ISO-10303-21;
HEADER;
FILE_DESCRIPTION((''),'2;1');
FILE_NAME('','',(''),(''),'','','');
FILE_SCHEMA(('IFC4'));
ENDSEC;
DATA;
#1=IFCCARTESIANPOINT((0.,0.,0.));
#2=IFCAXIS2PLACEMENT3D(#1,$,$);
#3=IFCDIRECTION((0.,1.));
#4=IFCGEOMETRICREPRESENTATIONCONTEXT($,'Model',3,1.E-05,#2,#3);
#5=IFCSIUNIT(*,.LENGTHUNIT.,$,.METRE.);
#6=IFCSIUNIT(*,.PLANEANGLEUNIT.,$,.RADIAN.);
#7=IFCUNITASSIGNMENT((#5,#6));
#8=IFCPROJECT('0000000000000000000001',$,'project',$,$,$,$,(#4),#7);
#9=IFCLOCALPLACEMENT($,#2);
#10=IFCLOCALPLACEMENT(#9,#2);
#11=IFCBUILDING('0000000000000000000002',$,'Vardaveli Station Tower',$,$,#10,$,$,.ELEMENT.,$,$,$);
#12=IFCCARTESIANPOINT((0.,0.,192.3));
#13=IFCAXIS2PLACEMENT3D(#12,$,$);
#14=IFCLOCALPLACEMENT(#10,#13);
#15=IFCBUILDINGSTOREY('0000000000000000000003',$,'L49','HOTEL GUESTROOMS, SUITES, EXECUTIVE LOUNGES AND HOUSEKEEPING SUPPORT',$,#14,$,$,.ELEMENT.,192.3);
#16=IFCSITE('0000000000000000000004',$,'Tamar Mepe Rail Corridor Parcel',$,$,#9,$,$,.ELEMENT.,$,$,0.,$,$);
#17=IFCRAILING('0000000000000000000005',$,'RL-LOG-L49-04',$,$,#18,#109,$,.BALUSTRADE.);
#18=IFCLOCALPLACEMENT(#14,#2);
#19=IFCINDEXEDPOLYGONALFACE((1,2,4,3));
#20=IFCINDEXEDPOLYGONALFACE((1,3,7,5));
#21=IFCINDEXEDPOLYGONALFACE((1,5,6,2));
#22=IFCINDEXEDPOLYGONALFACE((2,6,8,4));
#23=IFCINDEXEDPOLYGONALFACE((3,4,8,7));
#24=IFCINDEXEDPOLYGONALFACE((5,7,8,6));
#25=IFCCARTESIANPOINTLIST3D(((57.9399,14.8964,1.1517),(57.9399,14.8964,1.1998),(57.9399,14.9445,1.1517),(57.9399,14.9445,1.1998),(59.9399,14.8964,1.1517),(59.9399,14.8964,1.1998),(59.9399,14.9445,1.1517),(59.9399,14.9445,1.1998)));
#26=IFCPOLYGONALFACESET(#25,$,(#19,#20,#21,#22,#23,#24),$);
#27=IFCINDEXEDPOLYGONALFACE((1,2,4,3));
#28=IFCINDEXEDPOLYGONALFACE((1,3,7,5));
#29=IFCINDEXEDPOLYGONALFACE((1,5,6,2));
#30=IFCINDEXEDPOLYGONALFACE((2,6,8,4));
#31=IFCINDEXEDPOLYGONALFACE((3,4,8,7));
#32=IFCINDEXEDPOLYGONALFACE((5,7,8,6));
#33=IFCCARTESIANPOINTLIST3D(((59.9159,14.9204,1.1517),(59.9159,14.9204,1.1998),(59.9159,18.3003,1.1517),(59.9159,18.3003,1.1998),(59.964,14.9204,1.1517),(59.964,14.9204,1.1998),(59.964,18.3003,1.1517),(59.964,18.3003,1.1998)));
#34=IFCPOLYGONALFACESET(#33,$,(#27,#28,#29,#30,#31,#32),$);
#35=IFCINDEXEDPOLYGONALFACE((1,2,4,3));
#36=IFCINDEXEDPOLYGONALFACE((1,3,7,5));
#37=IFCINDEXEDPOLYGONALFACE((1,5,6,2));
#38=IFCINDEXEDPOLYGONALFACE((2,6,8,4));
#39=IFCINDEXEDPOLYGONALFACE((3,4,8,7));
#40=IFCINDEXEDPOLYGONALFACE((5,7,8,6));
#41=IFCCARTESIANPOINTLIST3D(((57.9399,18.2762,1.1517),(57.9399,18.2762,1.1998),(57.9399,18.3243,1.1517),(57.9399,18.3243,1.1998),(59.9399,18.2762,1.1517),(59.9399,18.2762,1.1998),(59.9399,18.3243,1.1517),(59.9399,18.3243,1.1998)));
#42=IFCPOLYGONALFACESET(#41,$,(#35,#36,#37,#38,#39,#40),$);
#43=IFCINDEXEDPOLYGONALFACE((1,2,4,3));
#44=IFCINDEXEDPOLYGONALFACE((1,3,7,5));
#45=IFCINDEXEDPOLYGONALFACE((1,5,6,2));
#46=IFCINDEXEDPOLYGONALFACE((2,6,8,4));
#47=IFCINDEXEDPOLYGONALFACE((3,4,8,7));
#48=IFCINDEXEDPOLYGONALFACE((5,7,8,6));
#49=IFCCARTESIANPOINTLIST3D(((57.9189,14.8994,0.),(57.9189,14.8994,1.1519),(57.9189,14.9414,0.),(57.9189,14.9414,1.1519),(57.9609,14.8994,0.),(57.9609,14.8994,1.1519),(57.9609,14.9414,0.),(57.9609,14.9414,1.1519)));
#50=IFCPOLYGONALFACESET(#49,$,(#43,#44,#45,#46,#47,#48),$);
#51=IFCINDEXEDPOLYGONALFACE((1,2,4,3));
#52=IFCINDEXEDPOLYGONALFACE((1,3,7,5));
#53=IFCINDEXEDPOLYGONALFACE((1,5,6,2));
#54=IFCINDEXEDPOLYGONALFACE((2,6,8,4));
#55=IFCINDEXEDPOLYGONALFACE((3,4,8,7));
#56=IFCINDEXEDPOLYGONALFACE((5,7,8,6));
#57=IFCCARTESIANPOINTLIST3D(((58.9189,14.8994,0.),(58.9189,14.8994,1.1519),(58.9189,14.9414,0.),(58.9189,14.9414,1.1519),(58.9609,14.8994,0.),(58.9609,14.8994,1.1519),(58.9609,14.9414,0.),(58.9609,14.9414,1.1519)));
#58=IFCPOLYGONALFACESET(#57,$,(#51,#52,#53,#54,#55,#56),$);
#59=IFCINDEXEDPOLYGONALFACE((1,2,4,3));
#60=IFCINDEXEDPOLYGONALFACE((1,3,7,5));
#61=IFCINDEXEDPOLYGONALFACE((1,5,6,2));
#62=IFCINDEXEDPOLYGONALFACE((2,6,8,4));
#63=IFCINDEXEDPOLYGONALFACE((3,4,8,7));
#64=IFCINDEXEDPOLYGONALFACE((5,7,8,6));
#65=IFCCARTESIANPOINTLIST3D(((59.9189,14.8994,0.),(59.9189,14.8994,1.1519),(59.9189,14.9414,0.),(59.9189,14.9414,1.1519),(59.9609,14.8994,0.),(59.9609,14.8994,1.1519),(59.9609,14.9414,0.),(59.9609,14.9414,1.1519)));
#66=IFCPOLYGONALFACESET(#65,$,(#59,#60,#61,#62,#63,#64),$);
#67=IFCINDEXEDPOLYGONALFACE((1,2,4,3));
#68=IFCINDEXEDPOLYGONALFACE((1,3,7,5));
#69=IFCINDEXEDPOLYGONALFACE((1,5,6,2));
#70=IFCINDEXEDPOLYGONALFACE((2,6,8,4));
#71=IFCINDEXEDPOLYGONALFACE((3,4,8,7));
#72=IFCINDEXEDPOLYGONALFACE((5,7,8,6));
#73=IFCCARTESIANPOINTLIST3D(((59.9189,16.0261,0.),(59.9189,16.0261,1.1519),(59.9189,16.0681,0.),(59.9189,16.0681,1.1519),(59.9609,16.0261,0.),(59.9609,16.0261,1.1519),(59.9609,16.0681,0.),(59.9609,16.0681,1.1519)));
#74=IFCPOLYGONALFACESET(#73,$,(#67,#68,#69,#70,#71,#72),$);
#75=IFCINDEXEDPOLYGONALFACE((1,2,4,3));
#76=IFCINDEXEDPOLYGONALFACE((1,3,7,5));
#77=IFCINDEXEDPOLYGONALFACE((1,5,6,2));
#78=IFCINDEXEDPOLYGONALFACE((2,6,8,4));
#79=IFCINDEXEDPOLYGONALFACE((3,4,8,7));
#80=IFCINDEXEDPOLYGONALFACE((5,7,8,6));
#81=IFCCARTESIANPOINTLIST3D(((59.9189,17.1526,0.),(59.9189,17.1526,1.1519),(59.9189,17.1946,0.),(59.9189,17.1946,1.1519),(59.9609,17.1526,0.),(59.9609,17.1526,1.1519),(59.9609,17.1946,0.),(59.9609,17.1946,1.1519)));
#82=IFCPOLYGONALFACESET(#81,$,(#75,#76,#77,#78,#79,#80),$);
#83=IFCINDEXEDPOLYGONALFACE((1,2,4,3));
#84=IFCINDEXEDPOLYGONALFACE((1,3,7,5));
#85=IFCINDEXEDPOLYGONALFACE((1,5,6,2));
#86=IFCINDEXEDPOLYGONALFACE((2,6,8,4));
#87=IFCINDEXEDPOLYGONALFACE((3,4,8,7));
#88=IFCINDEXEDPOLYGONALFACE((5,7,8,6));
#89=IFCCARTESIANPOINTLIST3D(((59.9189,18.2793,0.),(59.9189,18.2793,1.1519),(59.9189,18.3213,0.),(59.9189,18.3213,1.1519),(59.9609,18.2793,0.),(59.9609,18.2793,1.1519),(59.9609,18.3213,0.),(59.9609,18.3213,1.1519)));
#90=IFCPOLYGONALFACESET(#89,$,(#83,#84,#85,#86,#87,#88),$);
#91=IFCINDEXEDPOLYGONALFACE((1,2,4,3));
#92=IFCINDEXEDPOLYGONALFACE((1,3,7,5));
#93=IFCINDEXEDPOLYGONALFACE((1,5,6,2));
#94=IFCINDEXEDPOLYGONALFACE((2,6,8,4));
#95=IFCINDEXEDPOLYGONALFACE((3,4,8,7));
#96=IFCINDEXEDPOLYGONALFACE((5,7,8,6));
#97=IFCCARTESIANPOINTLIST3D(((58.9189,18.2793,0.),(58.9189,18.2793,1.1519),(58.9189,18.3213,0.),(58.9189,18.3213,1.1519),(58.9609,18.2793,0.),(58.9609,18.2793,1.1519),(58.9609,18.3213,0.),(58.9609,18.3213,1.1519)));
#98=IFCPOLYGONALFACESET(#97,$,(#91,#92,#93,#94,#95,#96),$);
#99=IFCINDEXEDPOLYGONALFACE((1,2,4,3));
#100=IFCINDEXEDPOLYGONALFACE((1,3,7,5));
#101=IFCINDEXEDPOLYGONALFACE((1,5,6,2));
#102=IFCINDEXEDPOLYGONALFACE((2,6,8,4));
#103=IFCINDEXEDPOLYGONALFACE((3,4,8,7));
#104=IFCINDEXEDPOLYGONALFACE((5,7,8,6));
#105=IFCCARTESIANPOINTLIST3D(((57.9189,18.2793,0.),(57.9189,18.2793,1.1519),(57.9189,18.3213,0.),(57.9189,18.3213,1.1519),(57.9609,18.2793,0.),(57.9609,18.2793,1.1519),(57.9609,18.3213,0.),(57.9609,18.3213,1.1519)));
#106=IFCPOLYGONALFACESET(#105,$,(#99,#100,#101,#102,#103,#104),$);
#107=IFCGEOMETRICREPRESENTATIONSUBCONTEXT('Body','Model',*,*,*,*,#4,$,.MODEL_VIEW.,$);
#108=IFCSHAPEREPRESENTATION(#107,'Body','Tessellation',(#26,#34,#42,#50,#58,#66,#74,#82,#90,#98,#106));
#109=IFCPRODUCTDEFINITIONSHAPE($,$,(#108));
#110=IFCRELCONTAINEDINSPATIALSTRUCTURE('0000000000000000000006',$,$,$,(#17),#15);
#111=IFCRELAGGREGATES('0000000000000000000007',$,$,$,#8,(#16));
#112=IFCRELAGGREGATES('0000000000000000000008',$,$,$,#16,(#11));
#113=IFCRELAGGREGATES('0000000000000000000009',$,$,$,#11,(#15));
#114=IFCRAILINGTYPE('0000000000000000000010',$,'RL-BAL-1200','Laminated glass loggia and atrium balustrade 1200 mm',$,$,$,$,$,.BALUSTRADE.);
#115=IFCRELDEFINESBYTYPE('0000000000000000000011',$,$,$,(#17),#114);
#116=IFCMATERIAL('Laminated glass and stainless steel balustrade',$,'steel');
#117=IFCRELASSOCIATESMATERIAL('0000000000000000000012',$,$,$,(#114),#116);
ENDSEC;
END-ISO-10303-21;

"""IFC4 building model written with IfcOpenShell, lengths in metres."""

from ifc_helpers import new_model, si_unit, direction, frame, origin, origin_2d, place, context, subcontext, project, spatial, rectangle, extrude, source, transform, mapped, material, type_object, element, save


model = new_model("IFC4")

# Units and contexts
model_context = context("Model", 3, precision=1e-05, world=origin(), true_north=direction((0.0, 1.0)))
body_context = subcontext(model_context, "Body", "Model", "MODEL_VIEW")
ifc_project = project(units=[si_unit("LENGTHUNIT", "METRE"), si_unit("PLANEANGLEUNIT", "RADIAN")], contexts=[model_context])

# Site, building, storey
site_placement = place(None, origin())
site = spatial("IfcSite", under=ifc_project, at=site_placement, Name="Tamar Mepe Rail Corridor Parcel", CompositionType="ELEMENT", RefElevation=0.0)
building_placement = place(site_placement, origin())
building = spatial("IfcBuilding", under=site, at=building_placement, Name="Vardaveli Station Tower", CompositionType="ELEMENT")
storey_placement = place(building_placement, frame((0.0, 0.0, 192.3)))
storey = spatial("IfcBuildingStorey", under=building, at=storey_placement, Name="L49", Description="HOTEL GUESTROOMS, SUITES, EXECUTIVE LOUNGES AND HOUSEKEEPING SUPPORT", CompositionType="ELEMENT", Elevation=192.3)

# Railing
ifc_material_1 = material(Name="Laminated glass and stainless steel balustrade", Category="steel")
railing_type = type_object("IfcRailingType", Name="RL-BAL-1200", Description="Laminated glass loggia and atrium balustrade 1200 mm", PredefinedType="BALUSTRADE", material=ifc_material_1)
shared_shape_1 = source(origin(), body_context, "Body", "SweptSolid", [
    extrude(rectangle(XDim=0.0481, YDim=0.0481, at=origin_2d()), frame((0.0, 0.0, 1.1758), z_axis=(1.0, 0.0, 0.0), x_axis=(0.0, 1.0, 0.0)), (0.0, 0.0, 1.0), 2.0),
    extrude(rectangle(XDim=0.0481, YDim=0.0481, at=origin_2d()), frame((2.0, 0.0, 1.1758), z_axis=(0.0, 1.0, 0.0), x_axis=(-1.0, 0.0, 0.0)), (0.0, 0.0, 1.0), 3.3799),
    extrude(rectangle(XDim=0.0481, YDim=0.0481, at=origin_2d()), frame((2.0, 3.3799, 1.1758), z_axis=(-1.0, 0.0, 0.0), x_axis=(0.0, -1.0, 0.0)), (0.0, 0.0, 1.0), 2.0),
    extrude(rectangle(XDim=0.042, YDim=0.042, at=origin_2d()), origin(), (0.0, 0.0, 1.0), 1.1519),
    extrude(rectangle(XDim=0.042, YDim=0.042, at=origin_2d()), frame((1.0, 0.0, 0.0)), (0.0, 0.0, 1.0), 1.1519),
    extrude(rectangle(XDim=0.042, YDim=0.042, at=origin_2d()), frame((2.0, 0.0, 0.0)), (0.0, 0.0, 1.0), 1.1519),
    extrude(rectangle(XDim=0.042, YDim=0.042, at=origin_2d()), frame((2.0, 1.1267, 0.0)), (0.0, 0.0, 1.0), 1.1519),
    extrude(rectangle(XDim=0.042, YDim=0.042, at=origin_2d()), frame((2.0, 2.2532, 0.0)), (0.0, 0.0, 1.0), 1.1519),
    extrude(rectangle(XDim=0.042, YDim=0.042, at=origin_2d()), frame((2.0, 3.3799, 0.0)), (0.0, 0.0, 1.0), 1.1519),
    extrude(rectangle(XDim=0.042, YDim=0.042, at=origin_2d()), frame((1.0, 3.3799, 0.0)), (0.0, 0.0, 1.0), 1.1519),
    extrude(rectangle(XDim=0.042, YDim=0.042, at=origin_2d()), frame((0.0, 3.3799, 0.0)), (0.0, 0.0, 1.0), 1.1519),
])
railing_placement = place(storey_placement, frame((57.9399, 14.9204, 0.0)))
element("IfcRailing", 1, at=railing_placement, inside=storey, type_object=railing_type, Name="RL-LOG-L49-04", PredefinedType="BALUSTRADE", context=body_context, shape_type="MappedRepresentation", body=[
    mapped(shared_shape_1, transform((0.0, 0.0, 0.0), scale=1.0)),
])

save(model, "model.ifc")
